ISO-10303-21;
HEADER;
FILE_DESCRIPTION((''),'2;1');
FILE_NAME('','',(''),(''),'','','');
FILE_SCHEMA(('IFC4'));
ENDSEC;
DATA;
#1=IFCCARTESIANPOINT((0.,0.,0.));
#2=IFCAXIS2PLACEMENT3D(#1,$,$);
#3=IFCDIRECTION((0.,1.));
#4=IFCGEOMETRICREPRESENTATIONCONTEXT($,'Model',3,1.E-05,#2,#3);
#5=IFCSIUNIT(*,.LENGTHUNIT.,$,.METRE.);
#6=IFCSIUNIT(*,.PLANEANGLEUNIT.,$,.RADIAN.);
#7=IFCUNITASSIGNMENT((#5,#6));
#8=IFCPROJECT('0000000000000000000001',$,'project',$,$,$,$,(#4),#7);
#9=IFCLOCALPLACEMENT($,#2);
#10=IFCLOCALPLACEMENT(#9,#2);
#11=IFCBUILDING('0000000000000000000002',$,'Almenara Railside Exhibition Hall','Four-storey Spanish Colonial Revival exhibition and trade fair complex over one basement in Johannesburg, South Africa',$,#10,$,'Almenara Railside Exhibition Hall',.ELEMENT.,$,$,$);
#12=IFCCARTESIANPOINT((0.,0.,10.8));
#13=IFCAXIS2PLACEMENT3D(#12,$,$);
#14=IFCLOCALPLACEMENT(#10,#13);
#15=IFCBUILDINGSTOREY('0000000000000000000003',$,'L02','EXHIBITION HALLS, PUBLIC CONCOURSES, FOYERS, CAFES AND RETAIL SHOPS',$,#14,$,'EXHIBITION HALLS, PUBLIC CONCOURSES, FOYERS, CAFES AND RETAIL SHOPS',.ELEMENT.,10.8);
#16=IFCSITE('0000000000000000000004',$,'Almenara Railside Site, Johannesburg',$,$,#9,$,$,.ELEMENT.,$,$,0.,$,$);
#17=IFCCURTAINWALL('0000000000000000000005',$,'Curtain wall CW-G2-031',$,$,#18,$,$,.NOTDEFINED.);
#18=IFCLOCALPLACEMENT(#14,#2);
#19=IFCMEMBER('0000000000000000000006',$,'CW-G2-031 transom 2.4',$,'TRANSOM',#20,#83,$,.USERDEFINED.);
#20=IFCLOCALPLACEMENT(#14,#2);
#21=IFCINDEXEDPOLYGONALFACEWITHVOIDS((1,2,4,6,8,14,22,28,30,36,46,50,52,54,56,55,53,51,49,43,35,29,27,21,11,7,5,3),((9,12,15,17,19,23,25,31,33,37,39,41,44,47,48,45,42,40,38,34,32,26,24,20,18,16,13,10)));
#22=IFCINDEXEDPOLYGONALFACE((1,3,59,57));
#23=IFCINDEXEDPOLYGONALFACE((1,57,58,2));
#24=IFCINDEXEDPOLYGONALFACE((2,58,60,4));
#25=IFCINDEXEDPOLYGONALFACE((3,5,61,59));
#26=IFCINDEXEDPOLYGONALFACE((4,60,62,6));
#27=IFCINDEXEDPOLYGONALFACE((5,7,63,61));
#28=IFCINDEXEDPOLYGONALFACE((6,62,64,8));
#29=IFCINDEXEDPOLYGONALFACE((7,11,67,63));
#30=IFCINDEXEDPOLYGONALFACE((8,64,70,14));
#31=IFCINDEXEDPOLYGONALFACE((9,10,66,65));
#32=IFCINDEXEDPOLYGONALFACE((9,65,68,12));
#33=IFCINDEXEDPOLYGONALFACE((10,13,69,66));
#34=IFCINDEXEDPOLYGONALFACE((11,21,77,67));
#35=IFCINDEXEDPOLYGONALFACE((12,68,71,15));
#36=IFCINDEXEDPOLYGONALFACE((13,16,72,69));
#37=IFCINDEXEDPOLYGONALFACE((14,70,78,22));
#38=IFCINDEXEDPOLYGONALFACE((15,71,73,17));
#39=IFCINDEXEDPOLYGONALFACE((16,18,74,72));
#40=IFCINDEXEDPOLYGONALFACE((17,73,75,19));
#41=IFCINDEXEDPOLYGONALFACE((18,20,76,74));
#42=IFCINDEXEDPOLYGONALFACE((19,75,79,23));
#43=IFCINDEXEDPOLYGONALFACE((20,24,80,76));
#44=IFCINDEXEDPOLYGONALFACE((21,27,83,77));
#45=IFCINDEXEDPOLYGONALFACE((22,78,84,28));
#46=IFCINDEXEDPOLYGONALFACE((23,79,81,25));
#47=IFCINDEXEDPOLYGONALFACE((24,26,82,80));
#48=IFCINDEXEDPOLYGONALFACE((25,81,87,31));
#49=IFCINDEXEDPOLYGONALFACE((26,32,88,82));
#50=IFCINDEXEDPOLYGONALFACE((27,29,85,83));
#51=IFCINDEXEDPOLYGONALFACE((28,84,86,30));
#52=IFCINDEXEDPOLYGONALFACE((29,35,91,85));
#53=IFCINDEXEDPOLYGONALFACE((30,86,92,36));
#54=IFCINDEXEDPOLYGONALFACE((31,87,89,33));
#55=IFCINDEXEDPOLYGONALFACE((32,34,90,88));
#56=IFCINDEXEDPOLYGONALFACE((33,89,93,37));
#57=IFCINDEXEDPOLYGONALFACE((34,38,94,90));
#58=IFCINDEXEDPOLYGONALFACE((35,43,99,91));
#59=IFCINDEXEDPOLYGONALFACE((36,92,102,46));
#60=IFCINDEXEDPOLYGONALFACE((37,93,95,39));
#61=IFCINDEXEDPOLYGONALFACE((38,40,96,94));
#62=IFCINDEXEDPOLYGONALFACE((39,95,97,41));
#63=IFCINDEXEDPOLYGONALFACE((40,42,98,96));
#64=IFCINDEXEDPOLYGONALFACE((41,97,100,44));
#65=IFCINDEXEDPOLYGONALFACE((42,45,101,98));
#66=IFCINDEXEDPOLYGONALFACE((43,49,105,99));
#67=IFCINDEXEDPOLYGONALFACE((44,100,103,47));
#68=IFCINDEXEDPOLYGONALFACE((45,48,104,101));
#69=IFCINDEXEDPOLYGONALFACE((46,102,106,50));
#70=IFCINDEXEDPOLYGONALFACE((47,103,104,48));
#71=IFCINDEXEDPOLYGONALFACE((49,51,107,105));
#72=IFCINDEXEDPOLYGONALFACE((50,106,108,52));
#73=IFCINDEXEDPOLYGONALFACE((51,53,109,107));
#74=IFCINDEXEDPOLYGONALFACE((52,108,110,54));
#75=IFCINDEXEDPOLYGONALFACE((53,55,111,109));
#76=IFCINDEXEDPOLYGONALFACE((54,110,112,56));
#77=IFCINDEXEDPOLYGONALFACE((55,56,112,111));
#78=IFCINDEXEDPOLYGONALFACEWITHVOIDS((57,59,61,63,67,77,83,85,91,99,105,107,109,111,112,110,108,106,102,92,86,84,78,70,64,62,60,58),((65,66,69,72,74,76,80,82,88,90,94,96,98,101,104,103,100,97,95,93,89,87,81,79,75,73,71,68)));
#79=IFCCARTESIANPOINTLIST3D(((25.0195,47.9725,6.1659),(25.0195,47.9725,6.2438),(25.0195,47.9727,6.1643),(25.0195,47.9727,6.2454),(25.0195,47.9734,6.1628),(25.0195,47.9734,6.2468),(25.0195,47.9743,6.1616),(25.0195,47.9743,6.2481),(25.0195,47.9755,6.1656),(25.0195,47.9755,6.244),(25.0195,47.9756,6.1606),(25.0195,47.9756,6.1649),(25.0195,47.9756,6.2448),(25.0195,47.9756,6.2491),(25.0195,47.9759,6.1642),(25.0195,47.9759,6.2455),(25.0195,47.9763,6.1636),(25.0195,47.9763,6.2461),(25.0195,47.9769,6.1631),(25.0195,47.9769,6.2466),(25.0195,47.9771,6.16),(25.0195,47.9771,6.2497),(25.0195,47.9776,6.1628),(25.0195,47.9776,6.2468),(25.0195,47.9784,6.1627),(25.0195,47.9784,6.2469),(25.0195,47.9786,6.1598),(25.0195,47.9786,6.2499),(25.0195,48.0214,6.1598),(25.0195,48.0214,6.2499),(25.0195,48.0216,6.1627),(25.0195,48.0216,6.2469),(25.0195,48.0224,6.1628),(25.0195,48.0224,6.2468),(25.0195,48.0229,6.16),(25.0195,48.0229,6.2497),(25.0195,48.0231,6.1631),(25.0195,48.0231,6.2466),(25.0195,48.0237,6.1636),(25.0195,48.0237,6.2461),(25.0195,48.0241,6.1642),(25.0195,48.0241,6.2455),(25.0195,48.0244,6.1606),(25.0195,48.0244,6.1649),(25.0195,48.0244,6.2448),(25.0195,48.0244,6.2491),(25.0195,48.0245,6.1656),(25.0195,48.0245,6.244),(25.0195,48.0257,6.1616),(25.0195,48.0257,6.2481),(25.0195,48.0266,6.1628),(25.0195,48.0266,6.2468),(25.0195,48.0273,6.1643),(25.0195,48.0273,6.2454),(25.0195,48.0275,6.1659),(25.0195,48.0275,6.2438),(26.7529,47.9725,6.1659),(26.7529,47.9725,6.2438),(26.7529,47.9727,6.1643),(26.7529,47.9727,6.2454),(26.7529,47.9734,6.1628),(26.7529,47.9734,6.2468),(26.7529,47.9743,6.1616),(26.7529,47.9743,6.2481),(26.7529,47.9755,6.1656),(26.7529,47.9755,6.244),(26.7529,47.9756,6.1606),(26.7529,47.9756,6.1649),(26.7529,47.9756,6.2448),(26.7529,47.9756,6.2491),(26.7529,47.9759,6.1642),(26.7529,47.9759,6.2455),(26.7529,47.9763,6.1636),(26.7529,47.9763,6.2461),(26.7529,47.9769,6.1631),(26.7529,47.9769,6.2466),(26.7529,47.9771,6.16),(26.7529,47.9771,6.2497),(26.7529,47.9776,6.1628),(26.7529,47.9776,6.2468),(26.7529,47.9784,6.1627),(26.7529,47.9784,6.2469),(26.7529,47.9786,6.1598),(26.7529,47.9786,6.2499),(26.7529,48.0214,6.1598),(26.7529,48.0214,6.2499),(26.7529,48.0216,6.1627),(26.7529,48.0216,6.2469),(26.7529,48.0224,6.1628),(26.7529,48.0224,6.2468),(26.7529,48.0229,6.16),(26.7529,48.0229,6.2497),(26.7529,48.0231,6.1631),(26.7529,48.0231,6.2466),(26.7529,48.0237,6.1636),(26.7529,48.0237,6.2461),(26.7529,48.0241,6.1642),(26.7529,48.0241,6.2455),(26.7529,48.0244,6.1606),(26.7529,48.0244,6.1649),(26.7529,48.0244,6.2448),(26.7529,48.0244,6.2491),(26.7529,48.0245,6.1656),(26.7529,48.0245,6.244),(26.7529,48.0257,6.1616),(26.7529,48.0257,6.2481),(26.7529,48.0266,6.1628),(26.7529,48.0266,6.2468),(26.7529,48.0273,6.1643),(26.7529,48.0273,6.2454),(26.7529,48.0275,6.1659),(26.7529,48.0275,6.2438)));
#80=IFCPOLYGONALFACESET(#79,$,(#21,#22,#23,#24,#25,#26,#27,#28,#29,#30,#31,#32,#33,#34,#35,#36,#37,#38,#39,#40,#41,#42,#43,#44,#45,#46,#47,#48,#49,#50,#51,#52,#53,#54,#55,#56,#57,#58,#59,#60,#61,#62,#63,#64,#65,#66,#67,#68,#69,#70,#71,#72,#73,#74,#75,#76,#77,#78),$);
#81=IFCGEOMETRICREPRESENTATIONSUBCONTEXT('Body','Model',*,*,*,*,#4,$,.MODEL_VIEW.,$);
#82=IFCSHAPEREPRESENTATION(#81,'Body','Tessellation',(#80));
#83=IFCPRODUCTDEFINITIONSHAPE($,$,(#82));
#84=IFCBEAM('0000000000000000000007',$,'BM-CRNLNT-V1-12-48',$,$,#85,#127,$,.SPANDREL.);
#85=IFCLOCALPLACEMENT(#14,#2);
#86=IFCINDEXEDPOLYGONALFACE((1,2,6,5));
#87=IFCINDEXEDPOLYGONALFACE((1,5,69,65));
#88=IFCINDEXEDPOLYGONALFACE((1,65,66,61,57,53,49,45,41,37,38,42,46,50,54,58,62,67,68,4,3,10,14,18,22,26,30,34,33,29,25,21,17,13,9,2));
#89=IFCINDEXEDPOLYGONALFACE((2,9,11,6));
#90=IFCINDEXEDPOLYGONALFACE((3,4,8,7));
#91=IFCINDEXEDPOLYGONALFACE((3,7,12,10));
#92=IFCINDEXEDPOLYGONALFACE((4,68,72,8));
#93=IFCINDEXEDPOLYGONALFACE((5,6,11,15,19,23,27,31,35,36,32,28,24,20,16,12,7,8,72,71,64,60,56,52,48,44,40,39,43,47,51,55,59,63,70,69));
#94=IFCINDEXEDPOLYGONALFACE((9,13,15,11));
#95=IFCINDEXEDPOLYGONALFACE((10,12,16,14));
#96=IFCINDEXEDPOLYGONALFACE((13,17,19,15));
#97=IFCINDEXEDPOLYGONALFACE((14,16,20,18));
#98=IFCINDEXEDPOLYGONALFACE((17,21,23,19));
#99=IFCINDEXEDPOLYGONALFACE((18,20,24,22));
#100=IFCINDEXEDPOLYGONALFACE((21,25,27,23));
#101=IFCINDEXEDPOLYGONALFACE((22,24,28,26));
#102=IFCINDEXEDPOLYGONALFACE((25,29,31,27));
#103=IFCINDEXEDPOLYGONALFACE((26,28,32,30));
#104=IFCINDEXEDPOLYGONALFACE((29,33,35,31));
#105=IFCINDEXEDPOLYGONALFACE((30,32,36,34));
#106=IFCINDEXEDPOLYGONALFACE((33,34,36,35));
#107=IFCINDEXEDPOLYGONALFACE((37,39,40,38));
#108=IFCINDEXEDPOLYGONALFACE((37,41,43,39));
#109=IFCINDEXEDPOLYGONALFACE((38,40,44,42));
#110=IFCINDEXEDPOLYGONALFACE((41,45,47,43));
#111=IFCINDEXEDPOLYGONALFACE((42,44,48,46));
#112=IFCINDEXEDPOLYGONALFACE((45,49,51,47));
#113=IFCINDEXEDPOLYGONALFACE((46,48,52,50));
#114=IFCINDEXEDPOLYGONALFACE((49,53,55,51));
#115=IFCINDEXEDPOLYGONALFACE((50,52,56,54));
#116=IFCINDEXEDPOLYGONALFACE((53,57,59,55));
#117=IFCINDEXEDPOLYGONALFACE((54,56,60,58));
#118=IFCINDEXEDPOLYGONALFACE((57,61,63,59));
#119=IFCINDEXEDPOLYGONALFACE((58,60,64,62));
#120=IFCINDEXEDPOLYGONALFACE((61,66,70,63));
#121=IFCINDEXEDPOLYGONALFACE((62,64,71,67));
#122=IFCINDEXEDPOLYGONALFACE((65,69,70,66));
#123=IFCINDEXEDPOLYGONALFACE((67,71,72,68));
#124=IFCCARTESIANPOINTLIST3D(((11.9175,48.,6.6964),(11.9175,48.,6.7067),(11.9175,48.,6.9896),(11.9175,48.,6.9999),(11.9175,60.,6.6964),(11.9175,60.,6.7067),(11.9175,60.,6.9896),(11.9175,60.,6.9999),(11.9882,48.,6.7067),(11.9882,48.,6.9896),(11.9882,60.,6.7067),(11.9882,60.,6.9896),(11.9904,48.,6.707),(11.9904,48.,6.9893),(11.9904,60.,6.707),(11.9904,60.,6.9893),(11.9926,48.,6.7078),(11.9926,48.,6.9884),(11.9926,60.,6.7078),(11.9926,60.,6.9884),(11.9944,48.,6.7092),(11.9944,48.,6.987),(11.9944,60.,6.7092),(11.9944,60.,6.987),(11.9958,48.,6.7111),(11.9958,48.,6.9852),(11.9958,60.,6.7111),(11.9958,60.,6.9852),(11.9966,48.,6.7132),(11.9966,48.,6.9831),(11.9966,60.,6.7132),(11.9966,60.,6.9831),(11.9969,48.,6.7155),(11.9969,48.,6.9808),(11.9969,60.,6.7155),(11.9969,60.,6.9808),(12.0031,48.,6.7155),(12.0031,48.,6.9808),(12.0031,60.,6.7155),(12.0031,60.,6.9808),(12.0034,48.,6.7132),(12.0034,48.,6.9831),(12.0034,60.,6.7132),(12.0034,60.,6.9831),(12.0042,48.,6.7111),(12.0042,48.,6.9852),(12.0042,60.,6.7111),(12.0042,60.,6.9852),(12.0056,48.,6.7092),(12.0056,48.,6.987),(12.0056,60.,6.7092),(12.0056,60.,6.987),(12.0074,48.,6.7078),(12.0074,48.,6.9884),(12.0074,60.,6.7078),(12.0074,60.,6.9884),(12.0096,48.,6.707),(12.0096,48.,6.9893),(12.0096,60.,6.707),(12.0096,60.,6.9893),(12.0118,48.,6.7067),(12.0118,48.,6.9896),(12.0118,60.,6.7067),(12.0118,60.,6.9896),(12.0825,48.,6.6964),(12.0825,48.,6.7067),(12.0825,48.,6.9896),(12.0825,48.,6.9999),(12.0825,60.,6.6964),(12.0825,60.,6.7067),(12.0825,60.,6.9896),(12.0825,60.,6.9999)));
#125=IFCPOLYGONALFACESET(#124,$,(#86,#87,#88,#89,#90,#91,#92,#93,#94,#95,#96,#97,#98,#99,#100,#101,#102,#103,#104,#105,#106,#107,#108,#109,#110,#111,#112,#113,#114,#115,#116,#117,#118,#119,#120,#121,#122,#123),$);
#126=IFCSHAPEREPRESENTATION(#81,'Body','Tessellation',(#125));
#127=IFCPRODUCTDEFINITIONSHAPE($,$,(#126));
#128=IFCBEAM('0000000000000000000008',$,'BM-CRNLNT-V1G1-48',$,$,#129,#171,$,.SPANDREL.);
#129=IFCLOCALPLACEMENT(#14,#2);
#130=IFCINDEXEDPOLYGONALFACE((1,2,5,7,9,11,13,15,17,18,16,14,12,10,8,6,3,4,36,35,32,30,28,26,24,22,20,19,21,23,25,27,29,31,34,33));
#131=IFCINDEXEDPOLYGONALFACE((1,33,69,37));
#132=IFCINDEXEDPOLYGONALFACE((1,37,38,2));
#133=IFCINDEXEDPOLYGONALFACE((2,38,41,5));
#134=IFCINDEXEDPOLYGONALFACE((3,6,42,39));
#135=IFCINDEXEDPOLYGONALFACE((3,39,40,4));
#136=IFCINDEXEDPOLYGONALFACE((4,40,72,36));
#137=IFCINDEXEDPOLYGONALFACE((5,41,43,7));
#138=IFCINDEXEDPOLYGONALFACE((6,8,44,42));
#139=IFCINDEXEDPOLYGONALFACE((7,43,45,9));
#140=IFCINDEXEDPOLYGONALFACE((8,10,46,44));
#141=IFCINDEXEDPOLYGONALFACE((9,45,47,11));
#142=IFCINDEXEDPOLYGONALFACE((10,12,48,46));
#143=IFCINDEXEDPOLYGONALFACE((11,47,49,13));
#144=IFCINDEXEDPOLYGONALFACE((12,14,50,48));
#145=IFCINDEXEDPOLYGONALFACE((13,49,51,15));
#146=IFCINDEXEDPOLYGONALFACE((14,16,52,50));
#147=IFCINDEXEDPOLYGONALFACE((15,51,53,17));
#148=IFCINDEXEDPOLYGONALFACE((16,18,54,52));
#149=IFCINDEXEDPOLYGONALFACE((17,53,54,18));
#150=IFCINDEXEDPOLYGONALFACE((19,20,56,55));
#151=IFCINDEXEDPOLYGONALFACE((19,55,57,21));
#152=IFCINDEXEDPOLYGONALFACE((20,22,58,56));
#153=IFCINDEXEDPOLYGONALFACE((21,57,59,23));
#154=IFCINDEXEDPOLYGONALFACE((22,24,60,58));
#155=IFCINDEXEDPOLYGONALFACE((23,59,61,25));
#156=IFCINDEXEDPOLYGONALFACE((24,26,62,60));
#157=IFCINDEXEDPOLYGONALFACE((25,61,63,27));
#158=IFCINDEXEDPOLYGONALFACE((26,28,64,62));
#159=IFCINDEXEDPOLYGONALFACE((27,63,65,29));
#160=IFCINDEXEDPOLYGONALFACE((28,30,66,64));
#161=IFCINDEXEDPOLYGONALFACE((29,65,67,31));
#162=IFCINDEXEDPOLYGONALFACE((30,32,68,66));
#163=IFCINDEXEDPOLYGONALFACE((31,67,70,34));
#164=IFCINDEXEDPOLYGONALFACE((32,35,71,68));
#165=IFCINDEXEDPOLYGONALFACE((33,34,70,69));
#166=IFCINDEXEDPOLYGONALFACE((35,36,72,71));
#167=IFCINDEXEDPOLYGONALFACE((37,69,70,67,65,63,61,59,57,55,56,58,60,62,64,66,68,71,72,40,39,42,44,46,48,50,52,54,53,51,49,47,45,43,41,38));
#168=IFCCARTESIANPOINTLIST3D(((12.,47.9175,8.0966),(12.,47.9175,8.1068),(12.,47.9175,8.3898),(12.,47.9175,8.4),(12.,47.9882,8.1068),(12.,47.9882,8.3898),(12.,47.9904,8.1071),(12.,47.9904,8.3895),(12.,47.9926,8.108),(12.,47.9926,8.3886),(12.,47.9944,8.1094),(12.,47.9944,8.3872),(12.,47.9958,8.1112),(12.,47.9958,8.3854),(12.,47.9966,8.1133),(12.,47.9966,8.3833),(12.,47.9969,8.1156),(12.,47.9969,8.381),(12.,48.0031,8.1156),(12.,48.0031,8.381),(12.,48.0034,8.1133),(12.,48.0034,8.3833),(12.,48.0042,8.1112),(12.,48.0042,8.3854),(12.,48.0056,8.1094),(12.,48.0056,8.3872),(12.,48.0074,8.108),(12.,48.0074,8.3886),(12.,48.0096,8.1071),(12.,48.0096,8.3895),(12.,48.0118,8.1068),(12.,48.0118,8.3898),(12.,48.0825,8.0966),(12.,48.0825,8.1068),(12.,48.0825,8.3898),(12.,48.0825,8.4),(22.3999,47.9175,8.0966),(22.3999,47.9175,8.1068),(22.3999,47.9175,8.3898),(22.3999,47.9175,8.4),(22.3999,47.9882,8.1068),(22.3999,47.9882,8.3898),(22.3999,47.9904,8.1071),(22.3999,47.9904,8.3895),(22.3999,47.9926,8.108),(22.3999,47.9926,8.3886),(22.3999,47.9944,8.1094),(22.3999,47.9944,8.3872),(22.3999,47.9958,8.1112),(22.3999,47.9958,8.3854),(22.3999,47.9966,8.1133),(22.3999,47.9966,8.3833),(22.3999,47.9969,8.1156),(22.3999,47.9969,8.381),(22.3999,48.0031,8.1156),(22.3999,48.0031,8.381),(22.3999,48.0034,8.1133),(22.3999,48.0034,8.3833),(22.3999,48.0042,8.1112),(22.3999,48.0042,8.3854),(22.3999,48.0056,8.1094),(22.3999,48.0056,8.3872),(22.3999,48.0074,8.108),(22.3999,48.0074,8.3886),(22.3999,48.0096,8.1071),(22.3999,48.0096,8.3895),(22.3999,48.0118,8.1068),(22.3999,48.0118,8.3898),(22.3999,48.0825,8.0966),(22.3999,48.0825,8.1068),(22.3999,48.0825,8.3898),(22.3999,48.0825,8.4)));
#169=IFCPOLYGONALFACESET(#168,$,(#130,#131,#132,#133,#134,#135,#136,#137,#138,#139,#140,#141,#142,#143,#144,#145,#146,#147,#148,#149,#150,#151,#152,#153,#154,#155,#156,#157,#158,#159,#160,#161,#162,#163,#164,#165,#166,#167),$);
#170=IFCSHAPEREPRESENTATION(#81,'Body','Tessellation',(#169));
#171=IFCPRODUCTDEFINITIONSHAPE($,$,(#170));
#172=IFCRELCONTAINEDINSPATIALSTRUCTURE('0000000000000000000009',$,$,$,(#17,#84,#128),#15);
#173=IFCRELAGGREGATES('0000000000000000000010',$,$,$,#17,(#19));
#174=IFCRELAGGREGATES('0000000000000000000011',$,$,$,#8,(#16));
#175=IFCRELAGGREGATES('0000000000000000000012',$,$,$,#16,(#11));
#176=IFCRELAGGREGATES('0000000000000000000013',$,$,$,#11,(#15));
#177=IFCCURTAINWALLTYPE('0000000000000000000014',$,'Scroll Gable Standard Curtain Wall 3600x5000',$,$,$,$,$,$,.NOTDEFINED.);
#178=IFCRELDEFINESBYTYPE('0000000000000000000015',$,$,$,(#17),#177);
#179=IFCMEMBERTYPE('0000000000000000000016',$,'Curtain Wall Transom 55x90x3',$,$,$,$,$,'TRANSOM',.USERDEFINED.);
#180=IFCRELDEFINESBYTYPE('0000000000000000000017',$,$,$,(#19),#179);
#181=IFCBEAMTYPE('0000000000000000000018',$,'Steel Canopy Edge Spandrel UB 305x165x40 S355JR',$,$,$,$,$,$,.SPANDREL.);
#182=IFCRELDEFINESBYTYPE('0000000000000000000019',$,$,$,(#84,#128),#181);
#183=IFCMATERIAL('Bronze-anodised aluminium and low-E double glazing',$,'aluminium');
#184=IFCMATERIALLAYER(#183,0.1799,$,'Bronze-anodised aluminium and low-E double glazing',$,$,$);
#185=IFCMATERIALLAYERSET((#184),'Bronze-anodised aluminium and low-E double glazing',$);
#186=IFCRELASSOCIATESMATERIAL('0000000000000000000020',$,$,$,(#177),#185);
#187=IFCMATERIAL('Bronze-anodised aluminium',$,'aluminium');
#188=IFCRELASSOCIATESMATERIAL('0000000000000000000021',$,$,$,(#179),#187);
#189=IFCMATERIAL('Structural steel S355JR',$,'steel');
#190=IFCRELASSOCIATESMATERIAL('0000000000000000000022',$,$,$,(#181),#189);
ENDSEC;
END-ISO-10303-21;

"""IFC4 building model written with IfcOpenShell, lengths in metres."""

from ifc_helpers import new_model, si_unit, direction, frame, origin, origin_2d, place, context, subcontext, project, spatial, hollow_rectangle, i_section, extrude, material, layer, layer_set, material_profile, profile_set, type_object, element, aggregate, save


model = new_model("IFC4")

# Units and contexts
model_context = context("Model", 3, precision=1e-05, world=origin(), true_north=direction((0.0, 1.0)))
body_context = subcontext(model_context, "Body", "Model", "MODEL_VIEW")
ifc_project = project(units=[si_unit("LENGTHUNIT", "METRE"), si_unit("PLANEANGLEUNIT", "RADIAN")], contexts=[model_context])

# Site, building, storey
site_placement = place(None, origin())
site = spatial("IfcSite", under=ifc_project, at=site_placement, Name="Almenara Railside Site, Johannesburg", CompositionType="ELEMENT", RefElevation=0.0)
building_placement = place(site_placement, origin())
building = spatial("IfcBuilding", under=site, at=building_placement, Name="Almenara Railside Exhibition Hall", Description="Four-storey Spanish Colonial Revival exhibition and trade fair complex over one basement in Johannesburg, South Africa", LongName="Almenara Railside Exhibition Hall", CompositionType="ELEMENT")
storey_placement = place(building_placement, frame((0.0, 0.0, 10.8)))
storey = spatial("IfcBuildingStorey", under=building, at=storey_placement, Name="L02", Description="EXHIBITION HALLS, PUBLIC CONCOURSES, FOYERS, CAFES AND RETAIL SHOPS", LongName="EXHIBITION HALLS, PUBLIC CONCOURSES, FOYERS, CAFES AND RETAIL SHOPS", CompositionType="ELEMENT", Elevation=10.8)

# Shared definitions
ifc_material_1 = material(Name="Structural steel S355JR", Category="steel")

# Curtain wall
ifc_material_2 = material(Name="Bronze-anodised aluminium and low-E double glazing", Category="aluminium")
ifc_layer_1 = layer(ifc_material_2, 0.1799, Name="Bronze-anodised aluminium and low-E double glazing")
ifc_layer_set_1 = layer_set([ifc_layer_1], Name="Bronze-anodised aluminium and low-E double glazing")
curtain_wall_type = type_object("IfcCurtainWallType", Name="Scroll Gable Standard Curtain Wall 3600x5000", PredefinedType="NOTDEFINED", material=ifc_layer_set_1)
curtain_wall_1_placement = place(storey_placement, origin())
curtain_wall_1 = element("IfcCurtainWall", 1, at=curtain_wall_1_placement, inside=storey, type_object=curtain_wall_type, Name="Curtain wall CW-G2-031", PredefinedType="NOTDEFINED")
ifc_material_3 = material(Name="Bronze-anodised aluminium", Category="aluminium")

# Member
ifc_material_profile_1 = material_profile(ifc_material_3, hollow_rectangle(XDim=0.0549, YDim=0.0901, WallThickness=0.0029, InnerFilletRadius=0.0029, OuterFilletRadius=0.0061, at=origin_2d()), Name="ALU-TRN 55x90x3")
ifc_profile_set_1 = profile_set([ifc_material_profile_1], Name="Bronze-anodised aluminium")
member_type_1 = type_object("IfcMemberType", Name="Curtain Wall Transom 55x90x3", ElementType="TRANSOM", PredefinedType="USERDEFINED", material=ifc_profile_set_1)
member_1_placement = place(storey_placement, frame((25.0195, 48.0, 6.2048), z_axis=(1.0, 0.0, 0.0), x_axis=(0.0, 1.0, 0.0)))
member_1 = element("IfcMember", 2, at=member_1_placement, type_object=member_type_1, Name="CW-G2-031 transom 2.4", ObjectType="TRANSOM", PredefinedType="USERDEFINED", context=body_context, shape_type="SweptSolid", body=[
    extrude(hollow_rectangle(XDim=0.0549, YDim=0.0901, WallThickness=0.0029, InnerFilletRadius=0.0029, OuterFilletRadius=0.0061, at=origin_2d()), origin(), (0.0, 0.0, 1.0), 1.7334),
])

# Beams
ifc_material_profile_2 = material_profile(ifc_material_1, i_section(OverallWidth=0.165, OverallDepth=0.3035, WebThickness=0.0061, FlangeThickness=0.0103, FilletRadius=0.0088, at=origin_2d()), Name="UB 305x165x40")
ifc_profile_set_2 = profile_set([ifc_material_profile_2], Name="Structural steel S355JR")
beam_type_1 = type_object("IfcBeamType", Name="Steel Canopy Edge Spandrel UB 305x165x40 S355JR", PredefinedType="SPANDREL", material=ifc_profile_set_2)
beam_1_placement = place(storey_placement, frame((12.0, 48.0, 6.8481), z_axis=(0.0, 1.0, 0.0), x_axis=(-1.0, 0.0, 0.0)))
element("IfcBeam", 3, at=beam_1_placement, inside=storey, type_object=beam_type_1, Name="BM-CRNLNT-V1-12-48", PredefinedType="SPANDREL", context=body_context, shape_type="SweptSolid", body=[
    extrude(i_section(OverallWidth=0.165, OverallDepth=0.3035, WebThickness=0.0061, FlangeThickness=0.0103, FilletRadius=0.0088, at=origin_2d()), origin(), (0.0, 0.0, 1.0), 12.0),
])
beam_2_placement = place(storey_placement, frame((12.0, 48.0, 8.2483), z_axis=(1.0, 0.0, 0.0), x_axis=(0.0, 1.0, 0.0)))
element("IfcBeam", 4, at=beam_2_placement, inside=storey, type_object=beam_type_1, Name="BM-CRNLNT-V1G1-48", PredefinedType="SPANDREL", context=body_context, shape_type="SweptSolid", body=[
    extrude(i_section(OverallWidth=0.165, OverallDepth=0.3035, WebThickness=0.0061, FlangeThickness=0.0103, FilletRadius=0.0088, at=origin_2d()), origin(), (0.0, 0.0, 1.0), 10.3999),
])

aggregate(curtain_wall_1, [member_1])

save(model, "model.ifc")
